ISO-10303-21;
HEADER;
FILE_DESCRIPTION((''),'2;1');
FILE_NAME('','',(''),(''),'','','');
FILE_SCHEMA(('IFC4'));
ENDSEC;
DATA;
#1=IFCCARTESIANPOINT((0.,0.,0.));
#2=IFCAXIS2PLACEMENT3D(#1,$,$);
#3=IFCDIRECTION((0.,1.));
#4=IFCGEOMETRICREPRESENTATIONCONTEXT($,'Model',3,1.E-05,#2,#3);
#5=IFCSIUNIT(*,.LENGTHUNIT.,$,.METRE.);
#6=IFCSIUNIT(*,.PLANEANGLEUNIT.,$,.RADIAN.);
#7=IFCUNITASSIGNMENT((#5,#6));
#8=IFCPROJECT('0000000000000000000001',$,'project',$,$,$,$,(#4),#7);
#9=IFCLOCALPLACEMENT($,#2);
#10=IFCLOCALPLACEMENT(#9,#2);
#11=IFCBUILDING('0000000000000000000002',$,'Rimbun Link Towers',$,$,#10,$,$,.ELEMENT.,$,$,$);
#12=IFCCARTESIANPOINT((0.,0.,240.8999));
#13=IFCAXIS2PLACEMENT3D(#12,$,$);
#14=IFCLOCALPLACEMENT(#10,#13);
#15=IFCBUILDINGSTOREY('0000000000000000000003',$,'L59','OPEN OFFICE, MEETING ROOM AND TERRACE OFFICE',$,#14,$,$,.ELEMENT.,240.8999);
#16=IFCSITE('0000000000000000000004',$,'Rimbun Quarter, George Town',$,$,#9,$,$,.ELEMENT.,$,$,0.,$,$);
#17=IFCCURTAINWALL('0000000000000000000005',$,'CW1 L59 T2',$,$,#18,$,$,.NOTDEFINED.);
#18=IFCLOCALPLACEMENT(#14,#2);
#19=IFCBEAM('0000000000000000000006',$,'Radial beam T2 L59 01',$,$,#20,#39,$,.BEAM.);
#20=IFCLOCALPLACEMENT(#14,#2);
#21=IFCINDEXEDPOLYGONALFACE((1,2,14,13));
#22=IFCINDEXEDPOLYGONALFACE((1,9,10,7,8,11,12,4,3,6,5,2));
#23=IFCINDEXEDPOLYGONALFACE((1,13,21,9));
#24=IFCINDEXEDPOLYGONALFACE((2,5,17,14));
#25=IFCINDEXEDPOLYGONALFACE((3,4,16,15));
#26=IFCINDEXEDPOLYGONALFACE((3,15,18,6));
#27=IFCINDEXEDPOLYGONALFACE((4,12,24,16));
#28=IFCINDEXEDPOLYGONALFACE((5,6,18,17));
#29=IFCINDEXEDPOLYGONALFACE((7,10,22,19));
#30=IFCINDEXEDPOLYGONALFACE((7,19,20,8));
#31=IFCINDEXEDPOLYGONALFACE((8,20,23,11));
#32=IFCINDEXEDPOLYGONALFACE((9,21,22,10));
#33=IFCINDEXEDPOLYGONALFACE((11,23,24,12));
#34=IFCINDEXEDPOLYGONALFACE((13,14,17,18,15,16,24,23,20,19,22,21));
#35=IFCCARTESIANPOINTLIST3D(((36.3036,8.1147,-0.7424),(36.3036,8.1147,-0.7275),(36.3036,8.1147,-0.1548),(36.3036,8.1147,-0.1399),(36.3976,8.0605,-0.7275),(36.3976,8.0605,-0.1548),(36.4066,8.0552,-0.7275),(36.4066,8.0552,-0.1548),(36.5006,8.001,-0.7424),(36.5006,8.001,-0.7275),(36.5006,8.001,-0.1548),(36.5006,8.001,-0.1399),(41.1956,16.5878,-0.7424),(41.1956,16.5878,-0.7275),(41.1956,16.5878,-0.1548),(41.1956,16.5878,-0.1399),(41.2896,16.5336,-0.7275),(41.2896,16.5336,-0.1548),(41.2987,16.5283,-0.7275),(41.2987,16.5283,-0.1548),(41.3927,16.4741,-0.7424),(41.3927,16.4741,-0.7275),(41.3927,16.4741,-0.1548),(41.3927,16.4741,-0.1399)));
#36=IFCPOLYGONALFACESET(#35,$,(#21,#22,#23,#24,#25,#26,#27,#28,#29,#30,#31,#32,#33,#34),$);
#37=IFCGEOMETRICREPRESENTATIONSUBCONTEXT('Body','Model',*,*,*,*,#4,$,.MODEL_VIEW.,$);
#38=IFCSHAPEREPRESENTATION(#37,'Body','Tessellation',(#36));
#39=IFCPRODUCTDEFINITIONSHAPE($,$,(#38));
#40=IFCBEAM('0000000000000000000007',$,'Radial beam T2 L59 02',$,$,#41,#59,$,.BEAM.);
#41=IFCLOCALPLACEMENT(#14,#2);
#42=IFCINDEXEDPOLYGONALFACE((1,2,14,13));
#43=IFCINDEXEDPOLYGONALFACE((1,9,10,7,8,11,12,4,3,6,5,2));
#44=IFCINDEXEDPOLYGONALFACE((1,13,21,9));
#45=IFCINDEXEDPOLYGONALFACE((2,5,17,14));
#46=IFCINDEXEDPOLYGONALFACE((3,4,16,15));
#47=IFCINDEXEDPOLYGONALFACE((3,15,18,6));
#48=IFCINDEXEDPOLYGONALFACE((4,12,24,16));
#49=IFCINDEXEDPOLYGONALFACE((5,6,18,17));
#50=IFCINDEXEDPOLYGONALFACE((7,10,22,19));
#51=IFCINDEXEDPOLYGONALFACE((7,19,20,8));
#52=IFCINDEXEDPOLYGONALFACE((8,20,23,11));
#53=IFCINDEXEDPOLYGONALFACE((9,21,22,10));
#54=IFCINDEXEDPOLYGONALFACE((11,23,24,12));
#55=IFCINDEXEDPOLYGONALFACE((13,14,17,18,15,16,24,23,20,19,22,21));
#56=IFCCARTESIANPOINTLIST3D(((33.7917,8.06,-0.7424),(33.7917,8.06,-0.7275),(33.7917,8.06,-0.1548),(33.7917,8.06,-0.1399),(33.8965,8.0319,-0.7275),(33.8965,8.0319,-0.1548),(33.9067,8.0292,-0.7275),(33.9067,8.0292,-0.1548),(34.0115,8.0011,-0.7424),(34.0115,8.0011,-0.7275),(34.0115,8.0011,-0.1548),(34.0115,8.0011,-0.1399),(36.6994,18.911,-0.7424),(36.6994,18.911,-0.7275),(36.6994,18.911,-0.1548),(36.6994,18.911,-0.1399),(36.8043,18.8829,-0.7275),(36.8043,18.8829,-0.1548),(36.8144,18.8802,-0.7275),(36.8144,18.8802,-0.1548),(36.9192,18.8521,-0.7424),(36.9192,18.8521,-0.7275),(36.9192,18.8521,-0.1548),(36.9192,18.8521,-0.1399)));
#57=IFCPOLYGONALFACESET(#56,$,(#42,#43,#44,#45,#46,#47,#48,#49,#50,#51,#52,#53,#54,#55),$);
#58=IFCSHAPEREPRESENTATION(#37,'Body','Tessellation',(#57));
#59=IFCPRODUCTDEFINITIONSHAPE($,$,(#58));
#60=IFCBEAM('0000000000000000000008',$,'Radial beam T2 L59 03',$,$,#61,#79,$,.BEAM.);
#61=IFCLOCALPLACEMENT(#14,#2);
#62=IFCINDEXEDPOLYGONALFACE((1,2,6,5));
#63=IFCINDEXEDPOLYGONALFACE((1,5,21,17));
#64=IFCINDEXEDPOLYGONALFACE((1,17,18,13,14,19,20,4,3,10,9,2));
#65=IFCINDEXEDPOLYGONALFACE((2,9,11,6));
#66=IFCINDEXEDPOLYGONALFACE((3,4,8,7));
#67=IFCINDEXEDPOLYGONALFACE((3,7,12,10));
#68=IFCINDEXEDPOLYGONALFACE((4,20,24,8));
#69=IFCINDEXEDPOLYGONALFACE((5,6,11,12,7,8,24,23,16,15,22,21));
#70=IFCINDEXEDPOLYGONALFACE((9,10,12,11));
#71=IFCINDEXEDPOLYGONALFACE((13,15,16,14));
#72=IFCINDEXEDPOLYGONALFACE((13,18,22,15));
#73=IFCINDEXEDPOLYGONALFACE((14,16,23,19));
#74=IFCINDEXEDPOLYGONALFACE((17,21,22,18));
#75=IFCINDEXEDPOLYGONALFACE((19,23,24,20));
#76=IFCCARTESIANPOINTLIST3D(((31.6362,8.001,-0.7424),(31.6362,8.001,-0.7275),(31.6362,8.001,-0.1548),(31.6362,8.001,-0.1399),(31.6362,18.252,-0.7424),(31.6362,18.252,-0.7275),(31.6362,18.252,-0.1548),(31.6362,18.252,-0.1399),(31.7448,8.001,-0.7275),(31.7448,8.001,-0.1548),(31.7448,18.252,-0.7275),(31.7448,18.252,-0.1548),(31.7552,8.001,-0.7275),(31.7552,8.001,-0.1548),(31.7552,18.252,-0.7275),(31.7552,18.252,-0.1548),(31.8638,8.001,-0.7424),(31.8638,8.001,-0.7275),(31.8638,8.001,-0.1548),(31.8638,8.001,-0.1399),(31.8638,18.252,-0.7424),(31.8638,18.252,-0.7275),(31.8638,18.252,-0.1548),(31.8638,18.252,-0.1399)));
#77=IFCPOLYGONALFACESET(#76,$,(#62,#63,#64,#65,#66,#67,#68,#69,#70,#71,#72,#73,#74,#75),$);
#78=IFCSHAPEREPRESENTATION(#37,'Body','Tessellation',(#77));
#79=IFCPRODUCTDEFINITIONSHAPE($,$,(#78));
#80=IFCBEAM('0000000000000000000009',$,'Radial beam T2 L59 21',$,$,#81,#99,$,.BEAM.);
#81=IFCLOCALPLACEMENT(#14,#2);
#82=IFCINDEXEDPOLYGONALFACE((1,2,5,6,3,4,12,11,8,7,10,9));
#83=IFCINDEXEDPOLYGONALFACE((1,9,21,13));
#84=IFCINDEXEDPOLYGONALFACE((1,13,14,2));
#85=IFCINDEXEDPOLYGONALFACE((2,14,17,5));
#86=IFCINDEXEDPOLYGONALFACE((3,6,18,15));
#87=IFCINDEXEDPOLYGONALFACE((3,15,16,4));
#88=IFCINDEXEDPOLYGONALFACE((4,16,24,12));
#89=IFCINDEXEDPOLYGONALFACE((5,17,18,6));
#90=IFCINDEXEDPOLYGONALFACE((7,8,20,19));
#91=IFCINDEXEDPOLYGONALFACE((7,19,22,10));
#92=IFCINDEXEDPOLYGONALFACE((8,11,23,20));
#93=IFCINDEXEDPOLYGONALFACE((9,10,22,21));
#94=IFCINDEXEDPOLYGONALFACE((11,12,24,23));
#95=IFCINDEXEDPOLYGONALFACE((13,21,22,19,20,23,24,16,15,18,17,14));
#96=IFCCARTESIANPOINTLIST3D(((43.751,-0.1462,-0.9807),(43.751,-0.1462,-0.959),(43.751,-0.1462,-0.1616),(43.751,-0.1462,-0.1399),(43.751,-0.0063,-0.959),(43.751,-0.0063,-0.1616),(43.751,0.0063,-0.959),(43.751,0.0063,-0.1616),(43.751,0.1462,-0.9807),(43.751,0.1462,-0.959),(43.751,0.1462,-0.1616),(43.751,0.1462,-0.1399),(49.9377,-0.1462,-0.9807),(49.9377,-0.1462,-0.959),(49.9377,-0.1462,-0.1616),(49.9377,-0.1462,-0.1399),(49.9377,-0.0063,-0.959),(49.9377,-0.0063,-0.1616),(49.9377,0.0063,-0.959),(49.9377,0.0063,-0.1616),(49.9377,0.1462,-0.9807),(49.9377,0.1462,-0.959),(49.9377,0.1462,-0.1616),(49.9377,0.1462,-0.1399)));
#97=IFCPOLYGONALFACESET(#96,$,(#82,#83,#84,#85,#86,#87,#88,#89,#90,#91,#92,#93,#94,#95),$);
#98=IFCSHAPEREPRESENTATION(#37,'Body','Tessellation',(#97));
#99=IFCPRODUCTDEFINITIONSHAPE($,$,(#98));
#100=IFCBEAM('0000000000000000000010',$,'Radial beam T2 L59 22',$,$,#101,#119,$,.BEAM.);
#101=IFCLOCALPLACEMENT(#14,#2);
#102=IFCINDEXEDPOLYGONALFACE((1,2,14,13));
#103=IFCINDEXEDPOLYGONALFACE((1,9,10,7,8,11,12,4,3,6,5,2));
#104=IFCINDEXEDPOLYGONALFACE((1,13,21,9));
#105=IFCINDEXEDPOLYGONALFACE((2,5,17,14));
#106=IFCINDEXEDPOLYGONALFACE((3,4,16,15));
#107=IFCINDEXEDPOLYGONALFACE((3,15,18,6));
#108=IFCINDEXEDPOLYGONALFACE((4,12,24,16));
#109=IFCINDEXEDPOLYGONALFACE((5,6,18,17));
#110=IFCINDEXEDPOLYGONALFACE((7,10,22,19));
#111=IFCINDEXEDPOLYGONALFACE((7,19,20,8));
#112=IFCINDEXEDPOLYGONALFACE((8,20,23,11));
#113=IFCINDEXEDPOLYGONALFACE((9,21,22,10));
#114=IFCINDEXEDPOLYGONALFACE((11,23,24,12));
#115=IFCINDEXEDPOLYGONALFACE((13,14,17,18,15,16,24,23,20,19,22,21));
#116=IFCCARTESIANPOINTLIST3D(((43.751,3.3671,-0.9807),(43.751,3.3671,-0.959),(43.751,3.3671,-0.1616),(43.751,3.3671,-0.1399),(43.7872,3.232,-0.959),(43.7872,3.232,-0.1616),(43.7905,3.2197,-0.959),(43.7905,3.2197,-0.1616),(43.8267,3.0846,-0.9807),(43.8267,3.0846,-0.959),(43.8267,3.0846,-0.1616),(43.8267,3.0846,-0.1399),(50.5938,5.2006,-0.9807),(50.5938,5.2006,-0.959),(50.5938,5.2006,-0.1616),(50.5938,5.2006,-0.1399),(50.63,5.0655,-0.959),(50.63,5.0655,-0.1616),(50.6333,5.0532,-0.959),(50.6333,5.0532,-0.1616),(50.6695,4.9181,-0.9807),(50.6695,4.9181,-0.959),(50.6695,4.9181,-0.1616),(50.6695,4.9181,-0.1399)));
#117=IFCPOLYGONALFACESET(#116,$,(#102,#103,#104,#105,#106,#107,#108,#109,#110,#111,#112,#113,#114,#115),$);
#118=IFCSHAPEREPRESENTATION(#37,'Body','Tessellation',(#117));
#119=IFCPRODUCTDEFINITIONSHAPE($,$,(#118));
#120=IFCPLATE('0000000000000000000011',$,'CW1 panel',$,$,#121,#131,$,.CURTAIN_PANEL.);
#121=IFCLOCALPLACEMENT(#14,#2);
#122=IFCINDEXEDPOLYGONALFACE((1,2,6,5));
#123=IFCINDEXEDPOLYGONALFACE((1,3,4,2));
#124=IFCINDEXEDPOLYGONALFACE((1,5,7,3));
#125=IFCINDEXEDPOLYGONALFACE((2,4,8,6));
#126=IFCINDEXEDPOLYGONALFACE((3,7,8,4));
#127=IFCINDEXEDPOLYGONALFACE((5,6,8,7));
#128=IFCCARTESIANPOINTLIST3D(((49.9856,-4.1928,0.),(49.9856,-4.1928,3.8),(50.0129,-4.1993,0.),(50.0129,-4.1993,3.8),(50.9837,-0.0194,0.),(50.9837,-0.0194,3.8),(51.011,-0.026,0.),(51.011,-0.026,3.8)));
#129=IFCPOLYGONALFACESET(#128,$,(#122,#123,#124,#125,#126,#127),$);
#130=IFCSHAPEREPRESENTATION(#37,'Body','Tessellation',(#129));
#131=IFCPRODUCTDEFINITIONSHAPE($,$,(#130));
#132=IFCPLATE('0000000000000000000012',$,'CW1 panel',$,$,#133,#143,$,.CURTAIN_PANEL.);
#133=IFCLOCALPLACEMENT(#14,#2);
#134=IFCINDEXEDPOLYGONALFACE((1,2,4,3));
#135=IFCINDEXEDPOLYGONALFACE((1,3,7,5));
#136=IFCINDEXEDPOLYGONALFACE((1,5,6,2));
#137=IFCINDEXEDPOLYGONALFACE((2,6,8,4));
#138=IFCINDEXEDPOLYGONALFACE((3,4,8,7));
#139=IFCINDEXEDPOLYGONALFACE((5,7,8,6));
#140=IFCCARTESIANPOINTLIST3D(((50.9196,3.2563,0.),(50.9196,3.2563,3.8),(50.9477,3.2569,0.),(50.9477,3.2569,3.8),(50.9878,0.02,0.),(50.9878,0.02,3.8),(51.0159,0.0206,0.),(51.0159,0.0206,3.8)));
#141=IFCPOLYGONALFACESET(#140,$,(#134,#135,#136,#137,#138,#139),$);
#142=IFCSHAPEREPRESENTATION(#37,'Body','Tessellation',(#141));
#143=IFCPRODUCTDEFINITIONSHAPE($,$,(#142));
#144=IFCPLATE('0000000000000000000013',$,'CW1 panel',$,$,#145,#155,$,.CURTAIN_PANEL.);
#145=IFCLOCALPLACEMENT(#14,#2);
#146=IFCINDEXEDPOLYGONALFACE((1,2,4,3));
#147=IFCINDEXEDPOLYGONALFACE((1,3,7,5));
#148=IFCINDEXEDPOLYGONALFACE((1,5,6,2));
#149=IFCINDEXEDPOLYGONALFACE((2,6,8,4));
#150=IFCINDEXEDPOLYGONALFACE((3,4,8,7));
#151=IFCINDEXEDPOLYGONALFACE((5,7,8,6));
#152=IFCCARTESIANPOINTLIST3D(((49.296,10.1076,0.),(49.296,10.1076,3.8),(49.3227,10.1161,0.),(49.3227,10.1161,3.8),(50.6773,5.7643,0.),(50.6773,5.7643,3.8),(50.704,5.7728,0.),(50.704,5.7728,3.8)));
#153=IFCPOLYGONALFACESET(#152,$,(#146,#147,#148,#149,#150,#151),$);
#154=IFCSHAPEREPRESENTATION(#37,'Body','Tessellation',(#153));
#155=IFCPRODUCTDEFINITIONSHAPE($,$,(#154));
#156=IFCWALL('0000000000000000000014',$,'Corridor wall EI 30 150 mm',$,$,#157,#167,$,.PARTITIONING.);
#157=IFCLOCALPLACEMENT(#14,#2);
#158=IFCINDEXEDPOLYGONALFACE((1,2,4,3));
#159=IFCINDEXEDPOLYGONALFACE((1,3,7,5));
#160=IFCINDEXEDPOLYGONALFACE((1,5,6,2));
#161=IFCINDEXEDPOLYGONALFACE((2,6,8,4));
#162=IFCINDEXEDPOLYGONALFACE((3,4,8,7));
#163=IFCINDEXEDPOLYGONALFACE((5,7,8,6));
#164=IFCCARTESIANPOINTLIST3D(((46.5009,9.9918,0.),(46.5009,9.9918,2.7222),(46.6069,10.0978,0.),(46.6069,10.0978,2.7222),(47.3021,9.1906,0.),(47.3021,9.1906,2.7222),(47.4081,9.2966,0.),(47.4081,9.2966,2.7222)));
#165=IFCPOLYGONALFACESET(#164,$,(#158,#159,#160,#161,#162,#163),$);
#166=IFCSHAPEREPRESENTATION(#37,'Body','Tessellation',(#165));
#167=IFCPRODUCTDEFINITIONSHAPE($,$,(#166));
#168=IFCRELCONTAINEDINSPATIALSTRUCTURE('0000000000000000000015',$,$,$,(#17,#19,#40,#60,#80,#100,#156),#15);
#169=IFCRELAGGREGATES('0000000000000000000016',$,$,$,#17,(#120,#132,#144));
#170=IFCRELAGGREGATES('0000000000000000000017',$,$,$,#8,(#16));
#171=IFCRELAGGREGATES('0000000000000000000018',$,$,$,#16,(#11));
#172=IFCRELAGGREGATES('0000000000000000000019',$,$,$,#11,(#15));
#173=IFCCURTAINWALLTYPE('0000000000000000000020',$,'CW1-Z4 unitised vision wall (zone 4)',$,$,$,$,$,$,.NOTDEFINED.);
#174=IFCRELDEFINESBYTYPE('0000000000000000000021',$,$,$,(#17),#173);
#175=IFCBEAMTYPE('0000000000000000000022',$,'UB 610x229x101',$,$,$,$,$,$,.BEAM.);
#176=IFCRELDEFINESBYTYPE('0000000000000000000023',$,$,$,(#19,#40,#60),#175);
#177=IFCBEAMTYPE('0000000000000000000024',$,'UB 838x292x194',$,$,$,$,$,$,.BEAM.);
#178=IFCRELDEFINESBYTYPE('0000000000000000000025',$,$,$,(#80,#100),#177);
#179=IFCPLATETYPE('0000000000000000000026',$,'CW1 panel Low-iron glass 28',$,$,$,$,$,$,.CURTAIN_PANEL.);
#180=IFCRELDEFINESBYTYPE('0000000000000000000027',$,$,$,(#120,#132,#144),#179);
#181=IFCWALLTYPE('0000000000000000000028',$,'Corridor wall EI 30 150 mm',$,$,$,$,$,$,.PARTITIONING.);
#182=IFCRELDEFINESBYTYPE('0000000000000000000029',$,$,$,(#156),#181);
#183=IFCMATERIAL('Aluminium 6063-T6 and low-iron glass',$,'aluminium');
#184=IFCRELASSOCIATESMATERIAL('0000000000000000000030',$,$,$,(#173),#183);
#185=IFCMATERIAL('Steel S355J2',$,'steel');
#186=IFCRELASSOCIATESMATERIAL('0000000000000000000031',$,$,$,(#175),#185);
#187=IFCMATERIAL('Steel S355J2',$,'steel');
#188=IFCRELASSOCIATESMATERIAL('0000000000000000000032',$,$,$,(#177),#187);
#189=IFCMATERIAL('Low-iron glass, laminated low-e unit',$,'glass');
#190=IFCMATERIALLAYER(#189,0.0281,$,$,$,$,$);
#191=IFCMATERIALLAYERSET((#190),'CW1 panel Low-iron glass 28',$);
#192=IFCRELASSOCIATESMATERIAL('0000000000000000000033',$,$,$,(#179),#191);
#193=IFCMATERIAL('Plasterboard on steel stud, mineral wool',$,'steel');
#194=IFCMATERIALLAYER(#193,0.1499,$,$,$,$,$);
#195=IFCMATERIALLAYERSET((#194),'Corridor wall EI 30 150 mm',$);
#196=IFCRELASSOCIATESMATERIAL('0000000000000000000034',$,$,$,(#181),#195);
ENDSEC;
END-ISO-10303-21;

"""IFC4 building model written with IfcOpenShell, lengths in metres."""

from ifc_helpers import new_model, si_unit, direction, frame, frame_2d, origin, origin_2d, place, context, subcontext, project, spatial, rectangle, i_section, extrude, material, layer, layer_set, material_profile, profile_set, type_object, element, aggregate, save


model = new_model("IFC4")

# Units and contexts
model_context = context("Model", 3, precision=1e-05, world=origin(), true_north=direction((0.0, 1.0)))
body_context = subcontext(model_context, "Body", "Model", "MODEL_VIEW")
ifc_project = project(units=[si_unit("LENGTHUNIT", "METRE"), si_unit("PLANEANGLEUNIT", "RADIAN")], contexts=[model_context])

# Site, building, storey
site_placement = place(None, origin())
site = spatial("IfcSite", under=ifc_project, at=site_placement, Name="Rimbun Quarter, George Town", CompositionType="ELEMENT", RefElevation=0.0)
building_placement = place(site_placement, origin())
building = spatial("IfcBuilding", under=site, at=building_placement, Name="Rimbun Link Towers", CompositionType="ELEMENT")
storey_placement = place(building_placement, frame((0.0, 0.0, 240.8999)))
storey = spatial("IfcBuildingStorey", under=building, at=storey_placement, Name="L59", Description="OPEN OFFICE, MEETING ROOM AND TERRACE OFFICE", CompositionType="ELEMENT", Elevation=240.8999)

# Curtain wall
ifc_material_1 = material(Name="Aluminium 6063-T6 and low-iron glass", Category="aluminium")
curtain_wall_type = type_object("IfcCurtainWallType", Name="CW1-Z4 unitised vision wall (zone 4)", PredefinedType="NOTDEFINED", material=ifc_material_1)
curtain_wall_placement = place(storey_placement, origin())
curtain_wall = element("IfcCurtainWall", 1, at=curtain_wall_placement, inside=storey, type_object=curtain_wall_type, Name="CW1 L59 T2", PredefinedType="NOTDEFINED")

# Beams
ifc_material_2 = material(Name="Steel S355J2", Category="steel")
ifc_material_profile_1 = material_profile(ifc_material_2, i_section(OverallWidth=0.2275, OverallDepth=0.6025, WebThickness=0.0105, FlangeThickness=0.0149, at=origin_2d()), Name="UB 610x229x101")
ifc_profile_set_1 = profile_set([ifc_material_profile_1], Name="Steel S355J2")
beam_type_1 = type_object("IfcBeamType", Name="UB 610x229x101", PredefinedType="BEAM", material=ifc_profile_set_1)
beam_1_placement = place(storey_placement, frame((36.4021, 8.0579, -0.4412), z_axis=(0.500009, 0.86602, 0.0), x_axis=(-0.86602, 0.500009, 0.0)))
element("IfcBeam", 2, at=beam_1_placement, inside=storey, type_object=beam_type_1, Name="Radial beam T2 L59 01", PredefinedType="BEAM", context=body_context, shape_type="SweptSolid", body=[
    extrude(i_section(OverallWidth=0.2275, OverallDepth=0.6025, WebThickness=0.0105, FlangeThickness=0.0149, at=origin_2d()), origin(), (0.0, 0.0, 1.0), 9.7839),
])
beam_2_placement = place(storey_placement, frame((33.9016, 8.0305, -0.4412), z_axis=(0.258834, 0.965922, 0.0), x_axis=(-0.965922, 0.258834, 0.0)))
element("IfcBeam", 3, at=beam_2_placement, inside=storey, type_object=beam_type_1, Name="Radial beam T2 L59 02", PredefinedType="BEAM", context=body_context, shape_type="SweptSolid", body=[
    extrude(i_section(OverallWidth=0.2275, OverallDepth=0.6025, WebThickness=0.0105, FlangeThickness=0.0149, at=origin_2d()), origin(), (0.0, 0.0, 1.0), 11.2339),
])
beam_3_placement = place(storey_placement, frame((31.75, 8.001, -0.4412), z_axis=(0.0, 1.0, 0.0), x_axis=(-1.0, 0.0, 0.0)))
element("IfcBeam", 4, at=beam_3_placement, inside=storey, type_object=beam_type_1, Name="Radial beam T2 L59 03", PredefinedType="BEAM", context=body_context, shape_type="SweptSolid", body=[
    extrude(i_section(OverallWidth=0.2275, OverallDepth=0.6025, WebThickness=0.0105, FlangeThickness=0.0149, at=origin_2d()), origin(), (0.0, 0.0, 1.0), 10.251),
])
ifc_material_3 = material(Name="Steel S355J2", Category="steel")
ifc_material_profile_2 = material_profile(ifc_material_3, i_section(OverallWidth=0.2925, OverallDepth=0.8408, WebThickness=0.0127, FlangeThickness=0.0217, at=origin_2d()), Name="UB 838x292x194")
ifc_profile_set_2 = profile_set([ifc_material_profile_2], Name="Steel S355J2")
beam_type_2 = type_object("IfcBeamType", Name="UB 838x292x194", PredefinedType="BEAM", material=ifc_profile_set_2)
beam_4_placement = place(storey_placement, frame((43.751, 0.0, -0.5603), z_axis=(1.0, 0.0, 0.0), x_axis=(0.0, 1.0, 0.0)))
element("IfcBeam", 5, at=beam_4_placement, inside=storey, type_object=beam_type_2, Name="Radial beam T2 L59 21", PredefinedType="BEAM", context=body_context, shape_type="SweptSolid", body=[
    extrude(i_section(OverallWidth=0.2925, OverallDepth=0.8408, WebThickness=0.0127, FlangeThickness=0.0217, at=origin_2d()), origin(), (0.0, 0.0, 1.0), 6.1868),
])
beam_5_placement = place(storey_placement, frame((43.7888, 3.2258, -0.5603), z_axis=(0.965927, 0.258816, 0.0), x_axis=(-0.258816, 0.965927, 0.0)))
element("IfcBeam", 6, at=beam_5_placement, inside=storey, type_object=beam_type_2, Name="Radial beam T2 L59 22", PredefinedType="BEAM", context=body_context, shape_type="SweptSolid", body=[
    extrude(i_section(OverallWidth=0.2925, OverallDepth=0.8408, WebThickness=0.0127, FlangeThickness=0.0217, at=origin_2d()), origin(), (0.0, 0.0, 1.0), 7.0842),
])

# Plates
ifc_material_4 = material(Name="Low-iron glass, laminated low-e unit", Category="glass")
ifc_layer_1 = layer(ifc_material_4, 0.0281)
ifc_layer_set_1 = layer_set([ifc_layer_1], Name="CW1 panel Low-iron glass 28")
plate_type = type_object("IfcPlateType", Name="CW1 panel Low-iron glass 28", PredefinedType="CURTAIN_PANEL", material=ifc_layer_set_1)
plate_1_placement = place(storey_placement, frame((50.4983, -2.1094, 0.0), z_axis=(0.0, 0.0, 1.0), x_axis=(-0.232603, -0.972572, 0.0)))
plate_1 = element("IfcPlate", 7, at=plate_1_placement, type_object=plate_type, Name="CW1 panel", PredefinedType="CURTAIN_PANEL", context=body_context, shape_type="SweptSolid", body=[
    extrude(rectangle(XDim=4.291, YDim=0.0281, at=origin_2d()), origin(), (0.0, 0.0, 1.0), 3.8),
])
plate_2_placement = place(storey_placement, frame((50.9678, 1.6384, 0.0), z_axis=(0.0, 0.0, 1.0), x_axis=(0.021065, -0.999778, 0.0)))
plate_2 = element("IfcPlate", 8, at=plate_2_placement, type_object=plate_type, Name="CW1 panel", PredefinedType="CURTAIN_PANEL", context=body_context, shape_type="SweptSolid", body=[
    extrude(rectangle(XDim=3.2371, YDim=0.0281, at=origin_2d()), origin(), (0.0, 0.0, 1.0), 3.8),
])
plate_3_placement = place(storey_placement, frame((50.0, 7.9402, 0.0), z_axis=(0.0, 0.0, 1.0), x_axis=(0.303072, -0.952968, 0.0)))
plate_3 = element("IfcPlate", 9, at=plate_3_placement, type_object=plate_type, Name="CW1 panel", PredefinedType="CURTAIN_PANEL", context=body_context, shape_type="SweptSolid", body=[
    extrude(rectangle(XDim=4.5576, YDim=0.0281, at=origin_2d()), origin(), (0.0, 0.0, 1.0), 3.8),
])
aggregate(curtain_wall, [plate_1, plate_2, plate_3])

# Wall
ifc_material_5 = material(Name="Plasterboard on steel stud, mineral wool", Category="steel")
ifc_layer_2 = layer(ifc_material_5, 0.1499)
ifc_layer_set_2 = layer_set([ifc_layer_2], Name="Corridor wall EI 30 150 mm")
wall_type_1 = type_object("IfcWallType", Name="Corridor wall EI 30 150 mm", PredefinedType="PARTITIONING", material=ifc_layer_set_2)
wall_1_placement = place(storey_placement, frame((47.355, 9.2437, 0.0), z_axis=(0.0, 0.0, 1.0), x_axis=(-0.707107, 0.707107, 0.0)))
element("IfcWall", 10, at=wall_1_placement, inside=storey, type_object=wall_type_1, Name="Corridor wall EI 30 150 mm", PredefinedType="PARTITIONING", context=body_context, shape_type="SweptSolid", body=[
    extrude(rectangle(XDim=1.1331, YDim=0.1499, at=frame_2d((0.5664, 0.0))), origin(), (0.0, 0.0, 1.0), 2.7222),
])

save(model, "model.ifc")
